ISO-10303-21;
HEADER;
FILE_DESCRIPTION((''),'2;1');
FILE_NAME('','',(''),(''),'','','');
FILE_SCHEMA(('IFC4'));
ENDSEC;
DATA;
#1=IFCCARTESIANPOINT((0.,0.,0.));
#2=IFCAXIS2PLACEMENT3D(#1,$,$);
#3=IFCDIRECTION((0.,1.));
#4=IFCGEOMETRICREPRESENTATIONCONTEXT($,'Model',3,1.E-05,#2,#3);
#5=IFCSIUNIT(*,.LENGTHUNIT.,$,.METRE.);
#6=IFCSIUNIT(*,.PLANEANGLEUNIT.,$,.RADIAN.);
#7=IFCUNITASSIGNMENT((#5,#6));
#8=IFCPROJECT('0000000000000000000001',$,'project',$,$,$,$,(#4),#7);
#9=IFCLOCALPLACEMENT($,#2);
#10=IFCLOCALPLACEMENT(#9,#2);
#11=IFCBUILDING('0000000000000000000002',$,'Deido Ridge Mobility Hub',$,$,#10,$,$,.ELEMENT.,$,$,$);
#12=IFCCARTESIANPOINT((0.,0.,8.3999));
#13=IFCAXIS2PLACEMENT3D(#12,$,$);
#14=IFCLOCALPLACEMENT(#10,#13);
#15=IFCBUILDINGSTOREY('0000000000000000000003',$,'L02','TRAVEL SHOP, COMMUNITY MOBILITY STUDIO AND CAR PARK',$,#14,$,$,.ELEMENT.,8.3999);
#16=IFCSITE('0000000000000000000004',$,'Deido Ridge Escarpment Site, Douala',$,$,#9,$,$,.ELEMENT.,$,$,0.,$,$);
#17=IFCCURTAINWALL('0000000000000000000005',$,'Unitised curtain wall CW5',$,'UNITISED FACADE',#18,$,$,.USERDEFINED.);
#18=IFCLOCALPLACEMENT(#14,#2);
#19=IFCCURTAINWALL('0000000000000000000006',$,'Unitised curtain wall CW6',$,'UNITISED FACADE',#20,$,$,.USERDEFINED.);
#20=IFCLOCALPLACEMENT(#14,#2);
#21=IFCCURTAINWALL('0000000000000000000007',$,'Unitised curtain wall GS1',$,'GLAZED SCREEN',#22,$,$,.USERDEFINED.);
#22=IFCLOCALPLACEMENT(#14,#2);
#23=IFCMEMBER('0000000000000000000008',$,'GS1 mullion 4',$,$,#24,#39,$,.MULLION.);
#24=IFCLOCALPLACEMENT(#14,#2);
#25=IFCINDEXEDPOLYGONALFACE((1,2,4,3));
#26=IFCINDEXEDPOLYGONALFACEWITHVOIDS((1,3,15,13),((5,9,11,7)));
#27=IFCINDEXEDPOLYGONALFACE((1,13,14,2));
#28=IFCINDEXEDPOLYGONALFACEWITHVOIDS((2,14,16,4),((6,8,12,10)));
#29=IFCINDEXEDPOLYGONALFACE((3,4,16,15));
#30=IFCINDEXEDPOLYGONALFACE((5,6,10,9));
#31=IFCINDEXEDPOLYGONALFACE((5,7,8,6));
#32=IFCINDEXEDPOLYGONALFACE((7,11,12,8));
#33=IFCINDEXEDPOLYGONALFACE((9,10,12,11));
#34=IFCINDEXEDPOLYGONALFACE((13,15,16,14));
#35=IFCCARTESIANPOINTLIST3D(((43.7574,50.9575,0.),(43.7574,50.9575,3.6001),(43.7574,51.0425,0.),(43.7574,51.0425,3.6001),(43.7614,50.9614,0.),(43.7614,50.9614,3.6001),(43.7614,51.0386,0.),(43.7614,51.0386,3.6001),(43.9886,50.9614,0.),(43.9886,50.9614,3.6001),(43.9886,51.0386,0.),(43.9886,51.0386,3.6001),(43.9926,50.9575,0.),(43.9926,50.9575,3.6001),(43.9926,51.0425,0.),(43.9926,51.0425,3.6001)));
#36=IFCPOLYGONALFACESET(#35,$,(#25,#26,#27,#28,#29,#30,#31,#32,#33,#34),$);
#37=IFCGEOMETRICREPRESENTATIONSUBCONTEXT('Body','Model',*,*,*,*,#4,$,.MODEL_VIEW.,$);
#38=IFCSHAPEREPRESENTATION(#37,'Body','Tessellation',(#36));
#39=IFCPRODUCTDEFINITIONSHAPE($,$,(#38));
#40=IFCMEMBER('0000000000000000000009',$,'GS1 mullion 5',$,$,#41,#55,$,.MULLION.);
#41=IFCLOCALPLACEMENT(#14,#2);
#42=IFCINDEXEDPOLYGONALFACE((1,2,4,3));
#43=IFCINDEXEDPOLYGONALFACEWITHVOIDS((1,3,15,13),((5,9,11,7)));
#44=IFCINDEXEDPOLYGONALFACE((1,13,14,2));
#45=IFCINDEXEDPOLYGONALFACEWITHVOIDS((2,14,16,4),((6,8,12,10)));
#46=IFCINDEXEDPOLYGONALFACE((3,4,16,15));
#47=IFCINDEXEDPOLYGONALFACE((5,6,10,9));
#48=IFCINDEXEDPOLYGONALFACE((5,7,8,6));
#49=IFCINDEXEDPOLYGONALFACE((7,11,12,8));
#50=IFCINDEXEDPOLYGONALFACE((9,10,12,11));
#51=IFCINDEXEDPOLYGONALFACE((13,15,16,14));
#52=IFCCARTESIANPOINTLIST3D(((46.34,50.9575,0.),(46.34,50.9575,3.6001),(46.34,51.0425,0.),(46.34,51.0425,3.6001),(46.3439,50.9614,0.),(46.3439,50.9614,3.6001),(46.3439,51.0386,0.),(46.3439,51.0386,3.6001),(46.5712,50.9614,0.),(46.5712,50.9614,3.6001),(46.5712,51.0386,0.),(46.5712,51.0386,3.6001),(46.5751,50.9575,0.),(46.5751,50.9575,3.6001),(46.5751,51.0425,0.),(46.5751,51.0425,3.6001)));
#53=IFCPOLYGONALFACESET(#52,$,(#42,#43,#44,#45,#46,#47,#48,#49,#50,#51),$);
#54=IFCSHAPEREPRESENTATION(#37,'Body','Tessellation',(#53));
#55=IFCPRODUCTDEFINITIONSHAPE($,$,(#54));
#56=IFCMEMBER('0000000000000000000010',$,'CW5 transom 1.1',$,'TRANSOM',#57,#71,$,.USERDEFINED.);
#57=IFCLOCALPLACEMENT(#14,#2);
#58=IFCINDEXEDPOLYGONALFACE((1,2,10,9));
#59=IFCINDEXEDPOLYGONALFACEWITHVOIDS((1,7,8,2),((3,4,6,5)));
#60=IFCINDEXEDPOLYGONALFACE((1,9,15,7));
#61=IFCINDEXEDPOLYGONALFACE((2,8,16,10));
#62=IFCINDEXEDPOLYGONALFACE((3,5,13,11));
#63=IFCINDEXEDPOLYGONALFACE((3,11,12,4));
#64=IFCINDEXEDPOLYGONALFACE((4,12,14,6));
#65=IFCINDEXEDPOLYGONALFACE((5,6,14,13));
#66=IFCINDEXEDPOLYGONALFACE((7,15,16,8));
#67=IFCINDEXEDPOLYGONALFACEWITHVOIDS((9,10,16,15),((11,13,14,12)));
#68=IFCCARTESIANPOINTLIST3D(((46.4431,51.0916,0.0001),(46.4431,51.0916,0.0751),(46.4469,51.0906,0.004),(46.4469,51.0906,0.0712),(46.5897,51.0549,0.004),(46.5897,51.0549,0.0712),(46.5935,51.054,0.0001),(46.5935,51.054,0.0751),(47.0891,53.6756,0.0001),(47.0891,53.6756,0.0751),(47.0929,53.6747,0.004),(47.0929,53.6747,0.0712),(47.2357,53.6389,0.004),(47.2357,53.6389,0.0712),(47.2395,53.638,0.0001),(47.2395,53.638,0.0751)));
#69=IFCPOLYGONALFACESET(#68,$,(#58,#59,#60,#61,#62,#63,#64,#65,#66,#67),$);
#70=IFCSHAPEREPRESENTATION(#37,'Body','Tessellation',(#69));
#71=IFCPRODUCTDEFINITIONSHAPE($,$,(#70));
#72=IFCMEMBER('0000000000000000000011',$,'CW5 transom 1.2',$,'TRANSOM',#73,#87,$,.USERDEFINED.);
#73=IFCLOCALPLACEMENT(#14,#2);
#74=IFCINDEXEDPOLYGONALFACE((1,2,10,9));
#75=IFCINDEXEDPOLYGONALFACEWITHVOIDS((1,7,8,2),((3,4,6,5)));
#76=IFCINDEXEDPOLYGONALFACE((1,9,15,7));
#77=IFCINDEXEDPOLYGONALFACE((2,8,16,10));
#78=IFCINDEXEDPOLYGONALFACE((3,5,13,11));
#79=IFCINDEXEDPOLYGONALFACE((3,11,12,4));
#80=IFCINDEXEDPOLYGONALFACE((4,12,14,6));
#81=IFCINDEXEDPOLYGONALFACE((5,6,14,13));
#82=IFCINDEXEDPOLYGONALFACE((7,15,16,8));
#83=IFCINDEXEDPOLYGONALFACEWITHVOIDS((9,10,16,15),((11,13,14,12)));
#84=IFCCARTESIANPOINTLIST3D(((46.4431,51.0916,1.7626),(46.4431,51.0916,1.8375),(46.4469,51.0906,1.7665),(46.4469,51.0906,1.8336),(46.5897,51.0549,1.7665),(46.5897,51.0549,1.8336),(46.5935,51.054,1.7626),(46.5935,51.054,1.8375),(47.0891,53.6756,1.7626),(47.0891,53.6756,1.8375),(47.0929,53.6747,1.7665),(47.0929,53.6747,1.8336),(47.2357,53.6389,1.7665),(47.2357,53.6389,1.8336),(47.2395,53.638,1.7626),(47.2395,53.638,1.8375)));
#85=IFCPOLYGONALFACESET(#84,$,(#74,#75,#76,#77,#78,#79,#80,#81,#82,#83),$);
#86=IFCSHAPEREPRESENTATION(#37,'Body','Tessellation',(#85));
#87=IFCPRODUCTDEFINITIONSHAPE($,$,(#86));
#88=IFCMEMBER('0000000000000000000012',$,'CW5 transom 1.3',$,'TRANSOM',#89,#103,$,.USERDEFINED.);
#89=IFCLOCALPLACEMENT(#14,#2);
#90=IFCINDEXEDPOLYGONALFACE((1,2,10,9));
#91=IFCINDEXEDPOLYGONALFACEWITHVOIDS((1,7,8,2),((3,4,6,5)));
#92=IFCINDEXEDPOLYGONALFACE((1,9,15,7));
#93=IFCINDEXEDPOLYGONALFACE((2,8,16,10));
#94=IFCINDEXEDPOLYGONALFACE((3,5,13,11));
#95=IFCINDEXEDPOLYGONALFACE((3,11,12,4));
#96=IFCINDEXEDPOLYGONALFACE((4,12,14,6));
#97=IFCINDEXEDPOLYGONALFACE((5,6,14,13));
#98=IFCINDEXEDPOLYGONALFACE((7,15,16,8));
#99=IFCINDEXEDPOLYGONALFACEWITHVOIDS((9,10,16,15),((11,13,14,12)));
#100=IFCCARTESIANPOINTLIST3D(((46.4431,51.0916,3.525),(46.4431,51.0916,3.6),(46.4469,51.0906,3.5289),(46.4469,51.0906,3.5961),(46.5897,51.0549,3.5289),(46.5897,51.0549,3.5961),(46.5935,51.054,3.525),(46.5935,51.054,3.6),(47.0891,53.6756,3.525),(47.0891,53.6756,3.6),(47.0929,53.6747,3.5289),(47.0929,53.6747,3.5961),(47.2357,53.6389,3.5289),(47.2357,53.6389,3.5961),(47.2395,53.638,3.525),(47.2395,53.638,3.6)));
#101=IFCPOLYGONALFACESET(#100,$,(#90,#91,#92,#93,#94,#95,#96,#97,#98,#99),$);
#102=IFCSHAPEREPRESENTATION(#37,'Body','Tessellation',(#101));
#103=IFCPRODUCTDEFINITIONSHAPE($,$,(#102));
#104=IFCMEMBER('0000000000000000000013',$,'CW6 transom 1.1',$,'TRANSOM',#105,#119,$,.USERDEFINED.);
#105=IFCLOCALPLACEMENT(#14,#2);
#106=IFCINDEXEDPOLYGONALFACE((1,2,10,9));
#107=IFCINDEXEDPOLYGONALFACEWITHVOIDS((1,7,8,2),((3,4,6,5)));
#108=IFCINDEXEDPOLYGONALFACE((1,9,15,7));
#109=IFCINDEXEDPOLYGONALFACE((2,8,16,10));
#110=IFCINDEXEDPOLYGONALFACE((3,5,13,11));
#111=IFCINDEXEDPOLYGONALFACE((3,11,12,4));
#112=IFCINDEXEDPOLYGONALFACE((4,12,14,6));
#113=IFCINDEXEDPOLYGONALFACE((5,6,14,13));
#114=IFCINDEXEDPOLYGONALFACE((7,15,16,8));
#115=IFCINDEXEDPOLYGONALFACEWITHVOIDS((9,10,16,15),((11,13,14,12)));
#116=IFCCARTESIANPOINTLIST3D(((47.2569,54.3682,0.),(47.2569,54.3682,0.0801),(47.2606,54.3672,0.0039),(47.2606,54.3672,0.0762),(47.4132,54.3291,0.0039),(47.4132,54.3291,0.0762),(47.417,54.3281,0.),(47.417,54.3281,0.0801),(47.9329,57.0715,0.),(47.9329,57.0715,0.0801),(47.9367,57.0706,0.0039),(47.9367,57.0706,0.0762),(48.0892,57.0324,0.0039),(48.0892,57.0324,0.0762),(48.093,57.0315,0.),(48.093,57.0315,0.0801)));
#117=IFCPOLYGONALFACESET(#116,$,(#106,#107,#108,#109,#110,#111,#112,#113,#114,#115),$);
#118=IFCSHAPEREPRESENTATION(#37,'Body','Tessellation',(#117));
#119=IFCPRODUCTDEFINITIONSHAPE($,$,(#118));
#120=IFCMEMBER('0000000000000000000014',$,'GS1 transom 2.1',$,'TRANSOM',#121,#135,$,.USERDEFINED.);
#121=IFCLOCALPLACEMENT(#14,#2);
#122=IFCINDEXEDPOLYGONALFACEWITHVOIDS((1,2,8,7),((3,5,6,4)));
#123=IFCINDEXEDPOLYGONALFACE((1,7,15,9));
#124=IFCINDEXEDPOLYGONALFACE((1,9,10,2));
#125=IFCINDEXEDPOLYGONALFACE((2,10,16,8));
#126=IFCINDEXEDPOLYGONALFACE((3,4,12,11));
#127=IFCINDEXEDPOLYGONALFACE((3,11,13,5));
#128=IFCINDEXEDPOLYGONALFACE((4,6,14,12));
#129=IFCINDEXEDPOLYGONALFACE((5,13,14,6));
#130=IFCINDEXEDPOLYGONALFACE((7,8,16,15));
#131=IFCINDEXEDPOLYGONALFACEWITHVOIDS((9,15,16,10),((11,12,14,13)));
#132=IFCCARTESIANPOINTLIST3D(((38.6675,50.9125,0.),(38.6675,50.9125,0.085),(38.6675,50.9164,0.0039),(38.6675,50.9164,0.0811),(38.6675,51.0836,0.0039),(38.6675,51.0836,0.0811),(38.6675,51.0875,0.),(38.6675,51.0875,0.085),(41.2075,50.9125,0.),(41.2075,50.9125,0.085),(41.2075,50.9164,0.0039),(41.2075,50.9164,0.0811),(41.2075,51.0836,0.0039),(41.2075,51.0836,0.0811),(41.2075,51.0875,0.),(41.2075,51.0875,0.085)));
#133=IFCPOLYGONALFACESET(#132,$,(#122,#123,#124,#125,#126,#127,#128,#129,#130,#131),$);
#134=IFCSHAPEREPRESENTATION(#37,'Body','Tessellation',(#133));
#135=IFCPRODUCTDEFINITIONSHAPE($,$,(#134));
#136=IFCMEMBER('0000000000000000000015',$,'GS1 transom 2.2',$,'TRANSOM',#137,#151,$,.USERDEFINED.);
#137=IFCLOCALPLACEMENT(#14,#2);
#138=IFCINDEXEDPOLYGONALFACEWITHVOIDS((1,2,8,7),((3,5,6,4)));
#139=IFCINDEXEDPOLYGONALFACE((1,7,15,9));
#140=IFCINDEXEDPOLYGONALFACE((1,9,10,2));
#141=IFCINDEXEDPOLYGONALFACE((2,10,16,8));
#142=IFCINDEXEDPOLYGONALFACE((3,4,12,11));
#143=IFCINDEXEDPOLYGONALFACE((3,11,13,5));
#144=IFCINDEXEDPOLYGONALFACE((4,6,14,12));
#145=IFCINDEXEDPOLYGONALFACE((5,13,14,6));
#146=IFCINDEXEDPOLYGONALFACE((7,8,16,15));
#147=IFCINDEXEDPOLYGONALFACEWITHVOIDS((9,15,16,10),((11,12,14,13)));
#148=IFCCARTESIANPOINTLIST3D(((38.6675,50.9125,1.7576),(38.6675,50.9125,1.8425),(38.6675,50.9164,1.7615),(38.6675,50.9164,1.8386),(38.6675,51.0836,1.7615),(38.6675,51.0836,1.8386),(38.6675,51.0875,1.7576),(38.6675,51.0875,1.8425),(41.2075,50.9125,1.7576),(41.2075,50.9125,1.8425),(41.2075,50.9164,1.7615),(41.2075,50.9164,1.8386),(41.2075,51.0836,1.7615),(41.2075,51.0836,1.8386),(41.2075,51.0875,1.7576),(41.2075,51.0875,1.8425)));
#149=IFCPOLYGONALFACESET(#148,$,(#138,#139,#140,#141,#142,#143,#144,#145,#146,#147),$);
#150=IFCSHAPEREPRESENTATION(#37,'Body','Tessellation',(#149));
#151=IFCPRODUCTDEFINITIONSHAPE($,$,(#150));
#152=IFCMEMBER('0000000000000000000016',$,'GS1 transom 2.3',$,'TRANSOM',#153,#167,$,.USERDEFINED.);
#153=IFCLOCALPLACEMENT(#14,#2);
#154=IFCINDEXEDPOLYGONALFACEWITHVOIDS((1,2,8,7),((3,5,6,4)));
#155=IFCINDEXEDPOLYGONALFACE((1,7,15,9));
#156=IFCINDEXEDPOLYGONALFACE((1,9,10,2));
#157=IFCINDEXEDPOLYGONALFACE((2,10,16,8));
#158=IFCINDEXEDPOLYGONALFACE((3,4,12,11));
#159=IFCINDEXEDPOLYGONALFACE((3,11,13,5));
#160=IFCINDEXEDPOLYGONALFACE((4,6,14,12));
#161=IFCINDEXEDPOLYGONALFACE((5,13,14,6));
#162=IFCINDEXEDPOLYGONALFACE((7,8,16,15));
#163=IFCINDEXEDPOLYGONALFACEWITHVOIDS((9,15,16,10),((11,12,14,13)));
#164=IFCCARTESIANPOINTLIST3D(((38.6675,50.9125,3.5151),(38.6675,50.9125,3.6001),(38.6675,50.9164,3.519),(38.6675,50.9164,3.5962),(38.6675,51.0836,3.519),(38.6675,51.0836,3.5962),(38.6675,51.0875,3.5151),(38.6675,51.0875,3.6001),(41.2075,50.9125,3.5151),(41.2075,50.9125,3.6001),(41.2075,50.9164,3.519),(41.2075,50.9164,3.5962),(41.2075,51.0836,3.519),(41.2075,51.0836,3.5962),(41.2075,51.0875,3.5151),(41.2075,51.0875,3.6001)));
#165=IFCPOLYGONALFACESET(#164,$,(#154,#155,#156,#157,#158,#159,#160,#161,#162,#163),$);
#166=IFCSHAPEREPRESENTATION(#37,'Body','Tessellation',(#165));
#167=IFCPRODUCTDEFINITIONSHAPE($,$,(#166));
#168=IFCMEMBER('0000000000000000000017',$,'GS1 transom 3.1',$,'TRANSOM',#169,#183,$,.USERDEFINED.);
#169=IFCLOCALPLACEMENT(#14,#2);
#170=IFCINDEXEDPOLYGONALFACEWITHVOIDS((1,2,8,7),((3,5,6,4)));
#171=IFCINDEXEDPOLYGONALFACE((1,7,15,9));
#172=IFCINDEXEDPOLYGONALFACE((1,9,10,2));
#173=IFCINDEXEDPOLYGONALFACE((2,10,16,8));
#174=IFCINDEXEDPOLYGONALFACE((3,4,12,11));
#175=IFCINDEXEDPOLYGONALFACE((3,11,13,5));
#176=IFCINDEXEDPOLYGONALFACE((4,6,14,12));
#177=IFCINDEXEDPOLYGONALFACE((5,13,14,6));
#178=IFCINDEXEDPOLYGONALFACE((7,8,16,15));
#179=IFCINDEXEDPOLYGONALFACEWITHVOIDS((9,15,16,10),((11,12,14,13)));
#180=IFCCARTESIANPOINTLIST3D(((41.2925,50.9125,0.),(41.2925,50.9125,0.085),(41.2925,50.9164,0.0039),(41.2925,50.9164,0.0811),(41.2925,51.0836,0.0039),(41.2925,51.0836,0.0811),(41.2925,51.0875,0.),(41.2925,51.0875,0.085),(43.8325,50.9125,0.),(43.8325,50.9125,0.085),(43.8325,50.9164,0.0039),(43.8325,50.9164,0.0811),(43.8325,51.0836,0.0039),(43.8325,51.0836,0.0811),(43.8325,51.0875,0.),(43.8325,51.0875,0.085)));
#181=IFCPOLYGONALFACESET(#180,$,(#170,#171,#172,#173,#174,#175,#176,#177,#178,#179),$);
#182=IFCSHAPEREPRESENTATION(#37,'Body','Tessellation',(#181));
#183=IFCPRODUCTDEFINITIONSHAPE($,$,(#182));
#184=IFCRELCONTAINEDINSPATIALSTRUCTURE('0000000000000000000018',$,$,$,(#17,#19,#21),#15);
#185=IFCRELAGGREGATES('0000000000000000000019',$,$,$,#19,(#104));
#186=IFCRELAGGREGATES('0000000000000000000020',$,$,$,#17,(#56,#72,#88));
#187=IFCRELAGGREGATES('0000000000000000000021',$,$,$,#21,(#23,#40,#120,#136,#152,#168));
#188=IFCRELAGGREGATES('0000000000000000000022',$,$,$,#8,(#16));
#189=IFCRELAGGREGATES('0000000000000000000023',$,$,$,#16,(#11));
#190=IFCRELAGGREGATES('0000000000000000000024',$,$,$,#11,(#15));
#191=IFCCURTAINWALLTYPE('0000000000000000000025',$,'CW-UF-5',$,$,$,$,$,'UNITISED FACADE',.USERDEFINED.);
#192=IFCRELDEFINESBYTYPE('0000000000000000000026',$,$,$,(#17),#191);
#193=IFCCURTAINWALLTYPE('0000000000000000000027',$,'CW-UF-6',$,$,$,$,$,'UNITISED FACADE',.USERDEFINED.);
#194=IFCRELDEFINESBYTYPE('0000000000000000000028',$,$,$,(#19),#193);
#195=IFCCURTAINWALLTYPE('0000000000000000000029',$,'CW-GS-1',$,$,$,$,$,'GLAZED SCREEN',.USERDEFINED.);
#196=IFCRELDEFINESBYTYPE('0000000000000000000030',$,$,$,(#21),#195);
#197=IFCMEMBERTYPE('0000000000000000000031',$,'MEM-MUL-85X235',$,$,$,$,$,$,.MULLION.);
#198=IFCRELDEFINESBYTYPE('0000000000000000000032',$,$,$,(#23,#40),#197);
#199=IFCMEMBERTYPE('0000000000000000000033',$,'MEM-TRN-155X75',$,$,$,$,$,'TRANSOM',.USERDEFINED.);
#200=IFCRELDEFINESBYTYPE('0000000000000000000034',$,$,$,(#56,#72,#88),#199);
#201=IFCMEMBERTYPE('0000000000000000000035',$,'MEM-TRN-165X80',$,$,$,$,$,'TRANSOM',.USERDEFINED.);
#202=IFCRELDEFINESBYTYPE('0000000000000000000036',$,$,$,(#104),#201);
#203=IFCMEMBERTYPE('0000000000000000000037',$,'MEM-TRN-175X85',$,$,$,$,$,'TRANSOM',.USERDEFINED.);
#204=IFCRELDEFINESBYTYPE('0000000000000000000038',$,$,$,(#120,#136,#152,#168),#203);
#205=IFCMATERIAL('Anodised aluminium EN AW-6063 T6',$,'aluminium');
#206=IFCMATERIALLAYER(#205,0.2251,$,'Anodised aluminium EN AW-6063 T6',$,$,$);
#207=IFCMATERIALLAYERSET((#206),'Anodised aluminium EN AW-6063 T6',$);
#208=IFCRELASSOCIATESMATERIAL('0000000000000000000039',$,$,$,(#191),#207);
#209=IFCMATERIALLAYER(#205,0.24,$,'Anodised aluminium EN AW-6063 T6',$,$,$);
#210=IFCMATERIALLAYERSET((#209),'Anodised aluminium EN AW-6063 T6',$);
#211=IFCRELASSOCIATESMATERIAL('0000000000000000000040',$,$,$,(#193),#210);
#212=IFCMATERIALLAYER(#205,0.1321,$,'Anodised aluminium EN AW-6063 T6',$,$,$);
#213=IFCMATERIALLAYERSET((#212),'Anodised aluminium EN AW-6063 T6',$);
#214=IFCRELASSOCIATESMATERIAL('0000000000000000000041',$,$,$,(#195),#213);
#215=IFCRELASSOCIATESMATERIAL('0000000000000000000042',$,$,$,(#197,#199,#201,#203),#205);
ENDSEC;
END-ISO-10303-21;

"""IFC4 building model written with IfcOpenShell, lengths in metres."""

from ifc_helpers import new_model, si_unit, direction, frame, origin, origin_2d, place, context, subcontext, project, spatial, hollow_rectangle, extrude, material, layer, layer_set, material_profile, profile_set, type_object, element, aggregate, save


model = new_model("IFC4")

# Units and contexts
model_context = context("Model", 3, precision=1e-05, world=origin(), true_north=direction((0.0, 1.0)))
body_context = subcontext(model_context, "Body", "Model", "MODEL_VIEW")
ifc_project = project(units=[si_unit("LENGTHUNIT", "METRE"), si_unit("PLANEANGLEUNIT", "RADIAN")], contexts=[model_context])

# Site, building, storey
site_placement = place(None, origin())
site = spatial("IfcSite", under=ifc_project, at=site_placement, Name="Deido Ridge Escarpment Site, Douala", CompositionType="ELEMENT", RefElevation=0.0)
building_placement = place(site_placement, origin())
building = spatial("IfcBuilding", under=site, at=building_placement, Name="Deido Ridge Mobility Hub", CompositionType="ELEMENT")
storey_placement = place(building_placement, frame((0.0, 0.0, 8.3999)))
storey = spatial("IfcBuildingStorey", under=building, at=storey_placement, Name="L02", Description="TRAVEL SHOP, COMMUNITY MOBILITY STUDIO AND CAR PARK", CompositionType="ELEMENT", Elevation=8.3999)

# Curtain wall
ifc_material_1 = material(Name="Anodised aluminium EN AW-6063 T6", Category="aluminium")
ifc_layer_1 = layer(ifc_material_1, 0.2251, Name="Anodised aluminium EN AW-6063 T6")
ifc_layer_set_1 = layer_set([ifc_layer_1], Name="Anodised aluminium EN AW-6063 T6")
curtain_wall_type_1 = type_object("IfcCurtainWallType", Name="CW-UF-5", ElementType="UNITISED FACADE", PredefinedType="USERDEFINED", material=ifc_layer_set_1)
curtain_wall_1_placement = place(storey_placement, origin())
curtain_wall_1 = element("IfcCurtainWall", 1, at=curtain_wall_1_placement, inside=storey, type_object=curtain_wall_type_1, Name="Unitised curtain wall CW5", ObjectType="UNITISED FACADE", PredefinedType="USERDEFINED")

# Curtain wall
ifc_layer_2 = layer(ifc_material_1, 0.24, Name="Anodised aluminium EN AW-6063 T6")
ifc_layer_set_2 = layer_set([ifc_layer_2], Name="Anodised aluminium EN AW-6063 T6")
curtain_wall_type_2 = type_object("IfcCurtainWallType", Name="CW-UF-6", ElementType="UNITISED FACADE", PredefinedType="USERDEFINED", material=ifc_layer_set_2)
curtain_wall_2_placement = place(storey_placement, origin())
curtain_wall_2 = element("IfcCurtainWall", 2, at=curtain_wall_2_placement, inside=storey, type_object=curtain_wall_type_2, Name="Unitised curtain wall CW6", ObjectType="UNITISED FACADE", PredefinedType="USERDEFINED")

# Curtain wall, members
ifc_layer_3 = layer(ifc_material_1, 0.1321, Name="Anodised aluminium EN AW-6063 T6")
ifc_layer_set_3 = layer_set([ifc_layer_3], Name="Anodised aluminium EN AW-6063 T6")
curtain_wall_type_3 = type_object("IfcCurtainWallType", Name="CW-GS-1", ElementType="GLAZED SCREEN", PredefinedType="USERDEFINED", material=ifc_layer_set_3)
curtain_wall_3_placement = place(storey_placement, origin())
curtain_wall_3 = element("IfcCurtainWall", 3, at=curtain_wall_3_placement, inside=storey, type_object=curtain_wall_type_3, Name="Unitised curtain wall GS1", ObjectType="GLAZED SCREEN", PredefinedType="USERDEFINED")
ifc_material_profile_1 = material_profile(ifc_material_1, hollow_rectangle(XDim=0.085, YDim=0.2351, WallThickness=0.0039, at=origin_2d()), Name="RHS 85x235x4")
ifc_profile_set_1 = profile_set([ifc_material_profile_1], Name="Anodised aluminium EN AW-6063 T6")
member_type_1 = type_object("IfcMemberType", Name="MEM-MUL-85X235", PredefinedType="MULLION", material=ifc_profile_set_1)
member_1_placement = place(storey_placement, frame((43.875, 51.0, 0.0), z_axis=(0.0, 0.0, 1.0), x_axis=(0.0, 1.0, 0.0)))
member_1 = element("IfcMember", 4, at=member_1_placement, type_object=member_type_1, Name="GS1 mullion 4", PredefinedType="MULLION", context=body_context, shape_type="SweptSolid", body=[
    extrude(hollow_rectangle(XDim=0.085, YDim=0.2351, WallThickness=0.0039, at=origin_2d()), origin(), (0.0, 0.0, 1.0), 3.6001),
])
member_2_placement = place(storey_placement, frame((46.4575, 51.0, 0.0), z_axis=(0.0, 0.0, 1.0), x_axis=(0.0, 1.0, 0.0)))
member_2 = element("IfcMember", 5, at=member_2_placement, type_object=member_type_1, Name="GS1 mullion 5", PredefinedType="MULLION", context=body_context, shape_type="SweptSolid", body=[
    extrude(hollow_rectangle(XDim=0.085, YDim=0.2351, WallThickness=0.0039, at=origin_2d()), origin(), (0.0, 0.0, 1.0), 3.6001),
])

# Members
ifc_material_profile_2 = material_profile(ifc_material_1, hollow_rectangle(XDim=0.155, YDim=0.075, WallThickness=0.0039, at=origin_2d()), Name="RHS 155x75x4")
ifc_profile_set_2 = profile_set([ifc_material_profile_2], Name="Anodised aluminium EN AW-6063 T6")
member_type_2 = type_object("IfcMemberType", Name="MEM-TRN-155X75", ElementType="TRANSOM", PredefinedType="USERDEFINED", material=ifc_profile_set_2)
member_3_placement = place(storey_placement, frame((46.5183, 51.0728, 0.0376), z_axis=(0.242536, 0.970143, 0.0), x_axis=(-0.970143, 0.242536, 0.0)))
member_3 = element("IfcMember", 6, at=member_3_placement, type_object=member_type_2, Name="CW5 transom 1.1", ObjectType="TRANSOM", PredefinedType="USERDEFINED", context=body_context, shape_type="SweptSolid", body=[
    extrude(hollow_rectangle(XDim=0.155, YDim=0.075, WallThickness=0.0039, at=origin_2d()), origin(), (0.0, 0.0, 1.0), 2.6636),
])
member_4_placement = place(storey_placement, frame((46.5183, 51.0728, 1.8), z_axis=(0.242536, 0.970143, 0.0), x_axis=(-0.970143, 0.242536, 0.0)))
member_4 = element("IfcMember", 7, at=member_4_placement, type_object=member_type_2, Name="CW5 transom 1.2", ObjectType="TRANSOM", PredefinedType="USERDEFINED", context=body_context, shape_type="SweptSolid", body=[
    extrude(hollow_rectangle(XDim=0.155, YDim=0.075, WallThickness=0.0039, at=origin_2d()), origin(), (0.0, 0.0, 1.0), 2.6636),
])
member_5_placement = place(storey_placement, frame((46.5183, 51.0728, 3.5625), z_axis=(0.242536, 0.970143, 0.0), x_axis=(-0.970143, 0.242536, 0.0)))
member_5 = element("IfcMember", 8, at=member_5_placement, type_object=member_type_2, Name="CW5 transom 1.3", ObjectType="TRANSOM", PredefinedType="USERDEFINED", context=body_context, shape_type="SweptSolid", body=[
    extrude(hollow_rectangle(XDim=0.155, YDim=0.075, WallThickness=0.0039, at=origin_2d()), origin(), (0.0, 0.0, 1.0), 2.6636),
])
ifc_material_profile_3 = material_profile(ifc_material_1, hollow_rectangle(XDim=0.165, YDim=0.0801, WallThickness=0.0039, at=origin_2d()), Name="RHS 165x80x4")
ifc_profile_set_3 = profile_set([ifc_material_profile_3], Name="Anodised aluminium EN AW-6063 T6")
member_type_3 = type_object("IfcMemberType", Name="MEM-TRN-165X80", ElementType="TRANSOM", PredefinedType="USERDEFINED", material=ifc_profile_set_3)
member_6_placement = place(storey_placement, frame((47.3369, 54.3481, 0.04), z_axis=(0.242597, 0.970127, 0.0), x_axis=(-0.970127, 0.242597, 0.0)))
member_6 = element("IfcMember", 9, at=member_6_placement, type_object=member_type_3, Name="CW6 transom 1.1", ObjectType="TRANSOM", PredefinedType="USERDEFINED", context=body_context, shape_type="SweptSolid", body=[
    extrude(hollow_rectangle(XDim=0.165, YDim=0.0801, WallThickness=0.0039, at=origin_2d()), origin(), (0.0, 0.0, 1.0), 2.7866),
])
aggregate(curtain_wall_2, [member_6])
ifc_material_profile_4 = material_profile(ifc_material_1, hollow_rectangle(XDim=0.175, YDim=0.085, WallThickness=0.0039, at=origin_2d()), Name="RHS 175x85x4")
ifc_profile_set_4 = profile_set([ifc_material_profile_4], Name="Anodised aluminium EN AW-6063 T6")
member_type_4 = type_object("IfcMemberType", Name="MEM-TRN-175X85", ElementType="TRANSOM", PredefinedType="USERDEFINED", material=ifc_profile_set_4)
member_7_placement = place(storey_placement, frame((38.6675, 51.0, 0.0425), z_axis=(1.0, 0.0, 0.0), x_axis=(0.0, 1.0, 0.0)))
member_7 = element("IfcMember", 10, at=member_7_placement, type_object=member_type_4, Name="GS1 transom 2.1", ObjectType="TRANSOM", PredefinedType="USERDEFINED", context=body_context, shape_type="SweptSolid", body=[
    extrude(hollow_rectangle(XDim=0.175, YDim=0.085, WallThickness=0.0039, at=origin_2d()), origin(), (0.0, 0.0, 1.0), 2.54),
])
member_8_placement = place(storey_placement, frame((38.6675, 51.0, 1.8), z_axis=(1.0, 0.0, 0.0), x_axis=(0.0, 1.0, 0.0)))
member_8 = element("IfcMember", 11, at=member_8_placement, type_object=member_type_4, Name="GS1 transom 2.2", ObjectType="TRANSOM", PredefinedType="USERDEFINED", context=body_context, shape_type="SweptSolid", body=[
    extrude(hollow_rectangle(XDim=0.175, YDim=0.085, WallThickness=0.0039, at=origin_2d()), origin(), (0.0, 0.0, 1.0), 2.54),
])
member_9_placement = place(storey_placement, frame((38.6675, 51.0, 3.5576), z_axis=(1.0, 0.0, 0.0), x_axis=(0.0, 1.0, 0.0)))
member_9 = element("IfcMember", 12, at=member_9_placement, type_object=member_type_4, Name="GS1 transom 2.3", ObjectType="TRANSOM", PredefinedType="USERDEFINED", context=body_context, shape_type="SweptSolid", body=[
    extrude(hollow_rectangle(XDim=0.175, YDim=0.085, WallThickness=0.0039, at=origin_2d()), origin(), (0.0, 0.0, 1.0), 2.54),
])
member_10_placement = place(storey_placement, frame((41.2925, 51.0, 0.0425), z_axis=(1.0, 0.0, 0.0), x_axis=(0.0, 1.0, 0.0)))
member_10 = element("IfcMember", 13, at=member_10_placement, type_object=member_type_4, Name="GS1 transom 3.1", ObjectType="TRANSOM", PredefinedType="USERDEFINED", context=body_context, shape_type="SweptSolid", body=[
    extrude(hollow_rectangle(XDim=0.175, YDim=0.085, WallThickness=0.0039, at=origin_2d()), origin(), (0.0, 0.0, 1.0), 2.54),
])

aggregate(curtain_wall_1, [member_3, member_4, member_5])
aggregate(curtain_wall_3, [member_1, member_2, member_7, member_8, member_9, member_10])

save(model, "model.ifc")
